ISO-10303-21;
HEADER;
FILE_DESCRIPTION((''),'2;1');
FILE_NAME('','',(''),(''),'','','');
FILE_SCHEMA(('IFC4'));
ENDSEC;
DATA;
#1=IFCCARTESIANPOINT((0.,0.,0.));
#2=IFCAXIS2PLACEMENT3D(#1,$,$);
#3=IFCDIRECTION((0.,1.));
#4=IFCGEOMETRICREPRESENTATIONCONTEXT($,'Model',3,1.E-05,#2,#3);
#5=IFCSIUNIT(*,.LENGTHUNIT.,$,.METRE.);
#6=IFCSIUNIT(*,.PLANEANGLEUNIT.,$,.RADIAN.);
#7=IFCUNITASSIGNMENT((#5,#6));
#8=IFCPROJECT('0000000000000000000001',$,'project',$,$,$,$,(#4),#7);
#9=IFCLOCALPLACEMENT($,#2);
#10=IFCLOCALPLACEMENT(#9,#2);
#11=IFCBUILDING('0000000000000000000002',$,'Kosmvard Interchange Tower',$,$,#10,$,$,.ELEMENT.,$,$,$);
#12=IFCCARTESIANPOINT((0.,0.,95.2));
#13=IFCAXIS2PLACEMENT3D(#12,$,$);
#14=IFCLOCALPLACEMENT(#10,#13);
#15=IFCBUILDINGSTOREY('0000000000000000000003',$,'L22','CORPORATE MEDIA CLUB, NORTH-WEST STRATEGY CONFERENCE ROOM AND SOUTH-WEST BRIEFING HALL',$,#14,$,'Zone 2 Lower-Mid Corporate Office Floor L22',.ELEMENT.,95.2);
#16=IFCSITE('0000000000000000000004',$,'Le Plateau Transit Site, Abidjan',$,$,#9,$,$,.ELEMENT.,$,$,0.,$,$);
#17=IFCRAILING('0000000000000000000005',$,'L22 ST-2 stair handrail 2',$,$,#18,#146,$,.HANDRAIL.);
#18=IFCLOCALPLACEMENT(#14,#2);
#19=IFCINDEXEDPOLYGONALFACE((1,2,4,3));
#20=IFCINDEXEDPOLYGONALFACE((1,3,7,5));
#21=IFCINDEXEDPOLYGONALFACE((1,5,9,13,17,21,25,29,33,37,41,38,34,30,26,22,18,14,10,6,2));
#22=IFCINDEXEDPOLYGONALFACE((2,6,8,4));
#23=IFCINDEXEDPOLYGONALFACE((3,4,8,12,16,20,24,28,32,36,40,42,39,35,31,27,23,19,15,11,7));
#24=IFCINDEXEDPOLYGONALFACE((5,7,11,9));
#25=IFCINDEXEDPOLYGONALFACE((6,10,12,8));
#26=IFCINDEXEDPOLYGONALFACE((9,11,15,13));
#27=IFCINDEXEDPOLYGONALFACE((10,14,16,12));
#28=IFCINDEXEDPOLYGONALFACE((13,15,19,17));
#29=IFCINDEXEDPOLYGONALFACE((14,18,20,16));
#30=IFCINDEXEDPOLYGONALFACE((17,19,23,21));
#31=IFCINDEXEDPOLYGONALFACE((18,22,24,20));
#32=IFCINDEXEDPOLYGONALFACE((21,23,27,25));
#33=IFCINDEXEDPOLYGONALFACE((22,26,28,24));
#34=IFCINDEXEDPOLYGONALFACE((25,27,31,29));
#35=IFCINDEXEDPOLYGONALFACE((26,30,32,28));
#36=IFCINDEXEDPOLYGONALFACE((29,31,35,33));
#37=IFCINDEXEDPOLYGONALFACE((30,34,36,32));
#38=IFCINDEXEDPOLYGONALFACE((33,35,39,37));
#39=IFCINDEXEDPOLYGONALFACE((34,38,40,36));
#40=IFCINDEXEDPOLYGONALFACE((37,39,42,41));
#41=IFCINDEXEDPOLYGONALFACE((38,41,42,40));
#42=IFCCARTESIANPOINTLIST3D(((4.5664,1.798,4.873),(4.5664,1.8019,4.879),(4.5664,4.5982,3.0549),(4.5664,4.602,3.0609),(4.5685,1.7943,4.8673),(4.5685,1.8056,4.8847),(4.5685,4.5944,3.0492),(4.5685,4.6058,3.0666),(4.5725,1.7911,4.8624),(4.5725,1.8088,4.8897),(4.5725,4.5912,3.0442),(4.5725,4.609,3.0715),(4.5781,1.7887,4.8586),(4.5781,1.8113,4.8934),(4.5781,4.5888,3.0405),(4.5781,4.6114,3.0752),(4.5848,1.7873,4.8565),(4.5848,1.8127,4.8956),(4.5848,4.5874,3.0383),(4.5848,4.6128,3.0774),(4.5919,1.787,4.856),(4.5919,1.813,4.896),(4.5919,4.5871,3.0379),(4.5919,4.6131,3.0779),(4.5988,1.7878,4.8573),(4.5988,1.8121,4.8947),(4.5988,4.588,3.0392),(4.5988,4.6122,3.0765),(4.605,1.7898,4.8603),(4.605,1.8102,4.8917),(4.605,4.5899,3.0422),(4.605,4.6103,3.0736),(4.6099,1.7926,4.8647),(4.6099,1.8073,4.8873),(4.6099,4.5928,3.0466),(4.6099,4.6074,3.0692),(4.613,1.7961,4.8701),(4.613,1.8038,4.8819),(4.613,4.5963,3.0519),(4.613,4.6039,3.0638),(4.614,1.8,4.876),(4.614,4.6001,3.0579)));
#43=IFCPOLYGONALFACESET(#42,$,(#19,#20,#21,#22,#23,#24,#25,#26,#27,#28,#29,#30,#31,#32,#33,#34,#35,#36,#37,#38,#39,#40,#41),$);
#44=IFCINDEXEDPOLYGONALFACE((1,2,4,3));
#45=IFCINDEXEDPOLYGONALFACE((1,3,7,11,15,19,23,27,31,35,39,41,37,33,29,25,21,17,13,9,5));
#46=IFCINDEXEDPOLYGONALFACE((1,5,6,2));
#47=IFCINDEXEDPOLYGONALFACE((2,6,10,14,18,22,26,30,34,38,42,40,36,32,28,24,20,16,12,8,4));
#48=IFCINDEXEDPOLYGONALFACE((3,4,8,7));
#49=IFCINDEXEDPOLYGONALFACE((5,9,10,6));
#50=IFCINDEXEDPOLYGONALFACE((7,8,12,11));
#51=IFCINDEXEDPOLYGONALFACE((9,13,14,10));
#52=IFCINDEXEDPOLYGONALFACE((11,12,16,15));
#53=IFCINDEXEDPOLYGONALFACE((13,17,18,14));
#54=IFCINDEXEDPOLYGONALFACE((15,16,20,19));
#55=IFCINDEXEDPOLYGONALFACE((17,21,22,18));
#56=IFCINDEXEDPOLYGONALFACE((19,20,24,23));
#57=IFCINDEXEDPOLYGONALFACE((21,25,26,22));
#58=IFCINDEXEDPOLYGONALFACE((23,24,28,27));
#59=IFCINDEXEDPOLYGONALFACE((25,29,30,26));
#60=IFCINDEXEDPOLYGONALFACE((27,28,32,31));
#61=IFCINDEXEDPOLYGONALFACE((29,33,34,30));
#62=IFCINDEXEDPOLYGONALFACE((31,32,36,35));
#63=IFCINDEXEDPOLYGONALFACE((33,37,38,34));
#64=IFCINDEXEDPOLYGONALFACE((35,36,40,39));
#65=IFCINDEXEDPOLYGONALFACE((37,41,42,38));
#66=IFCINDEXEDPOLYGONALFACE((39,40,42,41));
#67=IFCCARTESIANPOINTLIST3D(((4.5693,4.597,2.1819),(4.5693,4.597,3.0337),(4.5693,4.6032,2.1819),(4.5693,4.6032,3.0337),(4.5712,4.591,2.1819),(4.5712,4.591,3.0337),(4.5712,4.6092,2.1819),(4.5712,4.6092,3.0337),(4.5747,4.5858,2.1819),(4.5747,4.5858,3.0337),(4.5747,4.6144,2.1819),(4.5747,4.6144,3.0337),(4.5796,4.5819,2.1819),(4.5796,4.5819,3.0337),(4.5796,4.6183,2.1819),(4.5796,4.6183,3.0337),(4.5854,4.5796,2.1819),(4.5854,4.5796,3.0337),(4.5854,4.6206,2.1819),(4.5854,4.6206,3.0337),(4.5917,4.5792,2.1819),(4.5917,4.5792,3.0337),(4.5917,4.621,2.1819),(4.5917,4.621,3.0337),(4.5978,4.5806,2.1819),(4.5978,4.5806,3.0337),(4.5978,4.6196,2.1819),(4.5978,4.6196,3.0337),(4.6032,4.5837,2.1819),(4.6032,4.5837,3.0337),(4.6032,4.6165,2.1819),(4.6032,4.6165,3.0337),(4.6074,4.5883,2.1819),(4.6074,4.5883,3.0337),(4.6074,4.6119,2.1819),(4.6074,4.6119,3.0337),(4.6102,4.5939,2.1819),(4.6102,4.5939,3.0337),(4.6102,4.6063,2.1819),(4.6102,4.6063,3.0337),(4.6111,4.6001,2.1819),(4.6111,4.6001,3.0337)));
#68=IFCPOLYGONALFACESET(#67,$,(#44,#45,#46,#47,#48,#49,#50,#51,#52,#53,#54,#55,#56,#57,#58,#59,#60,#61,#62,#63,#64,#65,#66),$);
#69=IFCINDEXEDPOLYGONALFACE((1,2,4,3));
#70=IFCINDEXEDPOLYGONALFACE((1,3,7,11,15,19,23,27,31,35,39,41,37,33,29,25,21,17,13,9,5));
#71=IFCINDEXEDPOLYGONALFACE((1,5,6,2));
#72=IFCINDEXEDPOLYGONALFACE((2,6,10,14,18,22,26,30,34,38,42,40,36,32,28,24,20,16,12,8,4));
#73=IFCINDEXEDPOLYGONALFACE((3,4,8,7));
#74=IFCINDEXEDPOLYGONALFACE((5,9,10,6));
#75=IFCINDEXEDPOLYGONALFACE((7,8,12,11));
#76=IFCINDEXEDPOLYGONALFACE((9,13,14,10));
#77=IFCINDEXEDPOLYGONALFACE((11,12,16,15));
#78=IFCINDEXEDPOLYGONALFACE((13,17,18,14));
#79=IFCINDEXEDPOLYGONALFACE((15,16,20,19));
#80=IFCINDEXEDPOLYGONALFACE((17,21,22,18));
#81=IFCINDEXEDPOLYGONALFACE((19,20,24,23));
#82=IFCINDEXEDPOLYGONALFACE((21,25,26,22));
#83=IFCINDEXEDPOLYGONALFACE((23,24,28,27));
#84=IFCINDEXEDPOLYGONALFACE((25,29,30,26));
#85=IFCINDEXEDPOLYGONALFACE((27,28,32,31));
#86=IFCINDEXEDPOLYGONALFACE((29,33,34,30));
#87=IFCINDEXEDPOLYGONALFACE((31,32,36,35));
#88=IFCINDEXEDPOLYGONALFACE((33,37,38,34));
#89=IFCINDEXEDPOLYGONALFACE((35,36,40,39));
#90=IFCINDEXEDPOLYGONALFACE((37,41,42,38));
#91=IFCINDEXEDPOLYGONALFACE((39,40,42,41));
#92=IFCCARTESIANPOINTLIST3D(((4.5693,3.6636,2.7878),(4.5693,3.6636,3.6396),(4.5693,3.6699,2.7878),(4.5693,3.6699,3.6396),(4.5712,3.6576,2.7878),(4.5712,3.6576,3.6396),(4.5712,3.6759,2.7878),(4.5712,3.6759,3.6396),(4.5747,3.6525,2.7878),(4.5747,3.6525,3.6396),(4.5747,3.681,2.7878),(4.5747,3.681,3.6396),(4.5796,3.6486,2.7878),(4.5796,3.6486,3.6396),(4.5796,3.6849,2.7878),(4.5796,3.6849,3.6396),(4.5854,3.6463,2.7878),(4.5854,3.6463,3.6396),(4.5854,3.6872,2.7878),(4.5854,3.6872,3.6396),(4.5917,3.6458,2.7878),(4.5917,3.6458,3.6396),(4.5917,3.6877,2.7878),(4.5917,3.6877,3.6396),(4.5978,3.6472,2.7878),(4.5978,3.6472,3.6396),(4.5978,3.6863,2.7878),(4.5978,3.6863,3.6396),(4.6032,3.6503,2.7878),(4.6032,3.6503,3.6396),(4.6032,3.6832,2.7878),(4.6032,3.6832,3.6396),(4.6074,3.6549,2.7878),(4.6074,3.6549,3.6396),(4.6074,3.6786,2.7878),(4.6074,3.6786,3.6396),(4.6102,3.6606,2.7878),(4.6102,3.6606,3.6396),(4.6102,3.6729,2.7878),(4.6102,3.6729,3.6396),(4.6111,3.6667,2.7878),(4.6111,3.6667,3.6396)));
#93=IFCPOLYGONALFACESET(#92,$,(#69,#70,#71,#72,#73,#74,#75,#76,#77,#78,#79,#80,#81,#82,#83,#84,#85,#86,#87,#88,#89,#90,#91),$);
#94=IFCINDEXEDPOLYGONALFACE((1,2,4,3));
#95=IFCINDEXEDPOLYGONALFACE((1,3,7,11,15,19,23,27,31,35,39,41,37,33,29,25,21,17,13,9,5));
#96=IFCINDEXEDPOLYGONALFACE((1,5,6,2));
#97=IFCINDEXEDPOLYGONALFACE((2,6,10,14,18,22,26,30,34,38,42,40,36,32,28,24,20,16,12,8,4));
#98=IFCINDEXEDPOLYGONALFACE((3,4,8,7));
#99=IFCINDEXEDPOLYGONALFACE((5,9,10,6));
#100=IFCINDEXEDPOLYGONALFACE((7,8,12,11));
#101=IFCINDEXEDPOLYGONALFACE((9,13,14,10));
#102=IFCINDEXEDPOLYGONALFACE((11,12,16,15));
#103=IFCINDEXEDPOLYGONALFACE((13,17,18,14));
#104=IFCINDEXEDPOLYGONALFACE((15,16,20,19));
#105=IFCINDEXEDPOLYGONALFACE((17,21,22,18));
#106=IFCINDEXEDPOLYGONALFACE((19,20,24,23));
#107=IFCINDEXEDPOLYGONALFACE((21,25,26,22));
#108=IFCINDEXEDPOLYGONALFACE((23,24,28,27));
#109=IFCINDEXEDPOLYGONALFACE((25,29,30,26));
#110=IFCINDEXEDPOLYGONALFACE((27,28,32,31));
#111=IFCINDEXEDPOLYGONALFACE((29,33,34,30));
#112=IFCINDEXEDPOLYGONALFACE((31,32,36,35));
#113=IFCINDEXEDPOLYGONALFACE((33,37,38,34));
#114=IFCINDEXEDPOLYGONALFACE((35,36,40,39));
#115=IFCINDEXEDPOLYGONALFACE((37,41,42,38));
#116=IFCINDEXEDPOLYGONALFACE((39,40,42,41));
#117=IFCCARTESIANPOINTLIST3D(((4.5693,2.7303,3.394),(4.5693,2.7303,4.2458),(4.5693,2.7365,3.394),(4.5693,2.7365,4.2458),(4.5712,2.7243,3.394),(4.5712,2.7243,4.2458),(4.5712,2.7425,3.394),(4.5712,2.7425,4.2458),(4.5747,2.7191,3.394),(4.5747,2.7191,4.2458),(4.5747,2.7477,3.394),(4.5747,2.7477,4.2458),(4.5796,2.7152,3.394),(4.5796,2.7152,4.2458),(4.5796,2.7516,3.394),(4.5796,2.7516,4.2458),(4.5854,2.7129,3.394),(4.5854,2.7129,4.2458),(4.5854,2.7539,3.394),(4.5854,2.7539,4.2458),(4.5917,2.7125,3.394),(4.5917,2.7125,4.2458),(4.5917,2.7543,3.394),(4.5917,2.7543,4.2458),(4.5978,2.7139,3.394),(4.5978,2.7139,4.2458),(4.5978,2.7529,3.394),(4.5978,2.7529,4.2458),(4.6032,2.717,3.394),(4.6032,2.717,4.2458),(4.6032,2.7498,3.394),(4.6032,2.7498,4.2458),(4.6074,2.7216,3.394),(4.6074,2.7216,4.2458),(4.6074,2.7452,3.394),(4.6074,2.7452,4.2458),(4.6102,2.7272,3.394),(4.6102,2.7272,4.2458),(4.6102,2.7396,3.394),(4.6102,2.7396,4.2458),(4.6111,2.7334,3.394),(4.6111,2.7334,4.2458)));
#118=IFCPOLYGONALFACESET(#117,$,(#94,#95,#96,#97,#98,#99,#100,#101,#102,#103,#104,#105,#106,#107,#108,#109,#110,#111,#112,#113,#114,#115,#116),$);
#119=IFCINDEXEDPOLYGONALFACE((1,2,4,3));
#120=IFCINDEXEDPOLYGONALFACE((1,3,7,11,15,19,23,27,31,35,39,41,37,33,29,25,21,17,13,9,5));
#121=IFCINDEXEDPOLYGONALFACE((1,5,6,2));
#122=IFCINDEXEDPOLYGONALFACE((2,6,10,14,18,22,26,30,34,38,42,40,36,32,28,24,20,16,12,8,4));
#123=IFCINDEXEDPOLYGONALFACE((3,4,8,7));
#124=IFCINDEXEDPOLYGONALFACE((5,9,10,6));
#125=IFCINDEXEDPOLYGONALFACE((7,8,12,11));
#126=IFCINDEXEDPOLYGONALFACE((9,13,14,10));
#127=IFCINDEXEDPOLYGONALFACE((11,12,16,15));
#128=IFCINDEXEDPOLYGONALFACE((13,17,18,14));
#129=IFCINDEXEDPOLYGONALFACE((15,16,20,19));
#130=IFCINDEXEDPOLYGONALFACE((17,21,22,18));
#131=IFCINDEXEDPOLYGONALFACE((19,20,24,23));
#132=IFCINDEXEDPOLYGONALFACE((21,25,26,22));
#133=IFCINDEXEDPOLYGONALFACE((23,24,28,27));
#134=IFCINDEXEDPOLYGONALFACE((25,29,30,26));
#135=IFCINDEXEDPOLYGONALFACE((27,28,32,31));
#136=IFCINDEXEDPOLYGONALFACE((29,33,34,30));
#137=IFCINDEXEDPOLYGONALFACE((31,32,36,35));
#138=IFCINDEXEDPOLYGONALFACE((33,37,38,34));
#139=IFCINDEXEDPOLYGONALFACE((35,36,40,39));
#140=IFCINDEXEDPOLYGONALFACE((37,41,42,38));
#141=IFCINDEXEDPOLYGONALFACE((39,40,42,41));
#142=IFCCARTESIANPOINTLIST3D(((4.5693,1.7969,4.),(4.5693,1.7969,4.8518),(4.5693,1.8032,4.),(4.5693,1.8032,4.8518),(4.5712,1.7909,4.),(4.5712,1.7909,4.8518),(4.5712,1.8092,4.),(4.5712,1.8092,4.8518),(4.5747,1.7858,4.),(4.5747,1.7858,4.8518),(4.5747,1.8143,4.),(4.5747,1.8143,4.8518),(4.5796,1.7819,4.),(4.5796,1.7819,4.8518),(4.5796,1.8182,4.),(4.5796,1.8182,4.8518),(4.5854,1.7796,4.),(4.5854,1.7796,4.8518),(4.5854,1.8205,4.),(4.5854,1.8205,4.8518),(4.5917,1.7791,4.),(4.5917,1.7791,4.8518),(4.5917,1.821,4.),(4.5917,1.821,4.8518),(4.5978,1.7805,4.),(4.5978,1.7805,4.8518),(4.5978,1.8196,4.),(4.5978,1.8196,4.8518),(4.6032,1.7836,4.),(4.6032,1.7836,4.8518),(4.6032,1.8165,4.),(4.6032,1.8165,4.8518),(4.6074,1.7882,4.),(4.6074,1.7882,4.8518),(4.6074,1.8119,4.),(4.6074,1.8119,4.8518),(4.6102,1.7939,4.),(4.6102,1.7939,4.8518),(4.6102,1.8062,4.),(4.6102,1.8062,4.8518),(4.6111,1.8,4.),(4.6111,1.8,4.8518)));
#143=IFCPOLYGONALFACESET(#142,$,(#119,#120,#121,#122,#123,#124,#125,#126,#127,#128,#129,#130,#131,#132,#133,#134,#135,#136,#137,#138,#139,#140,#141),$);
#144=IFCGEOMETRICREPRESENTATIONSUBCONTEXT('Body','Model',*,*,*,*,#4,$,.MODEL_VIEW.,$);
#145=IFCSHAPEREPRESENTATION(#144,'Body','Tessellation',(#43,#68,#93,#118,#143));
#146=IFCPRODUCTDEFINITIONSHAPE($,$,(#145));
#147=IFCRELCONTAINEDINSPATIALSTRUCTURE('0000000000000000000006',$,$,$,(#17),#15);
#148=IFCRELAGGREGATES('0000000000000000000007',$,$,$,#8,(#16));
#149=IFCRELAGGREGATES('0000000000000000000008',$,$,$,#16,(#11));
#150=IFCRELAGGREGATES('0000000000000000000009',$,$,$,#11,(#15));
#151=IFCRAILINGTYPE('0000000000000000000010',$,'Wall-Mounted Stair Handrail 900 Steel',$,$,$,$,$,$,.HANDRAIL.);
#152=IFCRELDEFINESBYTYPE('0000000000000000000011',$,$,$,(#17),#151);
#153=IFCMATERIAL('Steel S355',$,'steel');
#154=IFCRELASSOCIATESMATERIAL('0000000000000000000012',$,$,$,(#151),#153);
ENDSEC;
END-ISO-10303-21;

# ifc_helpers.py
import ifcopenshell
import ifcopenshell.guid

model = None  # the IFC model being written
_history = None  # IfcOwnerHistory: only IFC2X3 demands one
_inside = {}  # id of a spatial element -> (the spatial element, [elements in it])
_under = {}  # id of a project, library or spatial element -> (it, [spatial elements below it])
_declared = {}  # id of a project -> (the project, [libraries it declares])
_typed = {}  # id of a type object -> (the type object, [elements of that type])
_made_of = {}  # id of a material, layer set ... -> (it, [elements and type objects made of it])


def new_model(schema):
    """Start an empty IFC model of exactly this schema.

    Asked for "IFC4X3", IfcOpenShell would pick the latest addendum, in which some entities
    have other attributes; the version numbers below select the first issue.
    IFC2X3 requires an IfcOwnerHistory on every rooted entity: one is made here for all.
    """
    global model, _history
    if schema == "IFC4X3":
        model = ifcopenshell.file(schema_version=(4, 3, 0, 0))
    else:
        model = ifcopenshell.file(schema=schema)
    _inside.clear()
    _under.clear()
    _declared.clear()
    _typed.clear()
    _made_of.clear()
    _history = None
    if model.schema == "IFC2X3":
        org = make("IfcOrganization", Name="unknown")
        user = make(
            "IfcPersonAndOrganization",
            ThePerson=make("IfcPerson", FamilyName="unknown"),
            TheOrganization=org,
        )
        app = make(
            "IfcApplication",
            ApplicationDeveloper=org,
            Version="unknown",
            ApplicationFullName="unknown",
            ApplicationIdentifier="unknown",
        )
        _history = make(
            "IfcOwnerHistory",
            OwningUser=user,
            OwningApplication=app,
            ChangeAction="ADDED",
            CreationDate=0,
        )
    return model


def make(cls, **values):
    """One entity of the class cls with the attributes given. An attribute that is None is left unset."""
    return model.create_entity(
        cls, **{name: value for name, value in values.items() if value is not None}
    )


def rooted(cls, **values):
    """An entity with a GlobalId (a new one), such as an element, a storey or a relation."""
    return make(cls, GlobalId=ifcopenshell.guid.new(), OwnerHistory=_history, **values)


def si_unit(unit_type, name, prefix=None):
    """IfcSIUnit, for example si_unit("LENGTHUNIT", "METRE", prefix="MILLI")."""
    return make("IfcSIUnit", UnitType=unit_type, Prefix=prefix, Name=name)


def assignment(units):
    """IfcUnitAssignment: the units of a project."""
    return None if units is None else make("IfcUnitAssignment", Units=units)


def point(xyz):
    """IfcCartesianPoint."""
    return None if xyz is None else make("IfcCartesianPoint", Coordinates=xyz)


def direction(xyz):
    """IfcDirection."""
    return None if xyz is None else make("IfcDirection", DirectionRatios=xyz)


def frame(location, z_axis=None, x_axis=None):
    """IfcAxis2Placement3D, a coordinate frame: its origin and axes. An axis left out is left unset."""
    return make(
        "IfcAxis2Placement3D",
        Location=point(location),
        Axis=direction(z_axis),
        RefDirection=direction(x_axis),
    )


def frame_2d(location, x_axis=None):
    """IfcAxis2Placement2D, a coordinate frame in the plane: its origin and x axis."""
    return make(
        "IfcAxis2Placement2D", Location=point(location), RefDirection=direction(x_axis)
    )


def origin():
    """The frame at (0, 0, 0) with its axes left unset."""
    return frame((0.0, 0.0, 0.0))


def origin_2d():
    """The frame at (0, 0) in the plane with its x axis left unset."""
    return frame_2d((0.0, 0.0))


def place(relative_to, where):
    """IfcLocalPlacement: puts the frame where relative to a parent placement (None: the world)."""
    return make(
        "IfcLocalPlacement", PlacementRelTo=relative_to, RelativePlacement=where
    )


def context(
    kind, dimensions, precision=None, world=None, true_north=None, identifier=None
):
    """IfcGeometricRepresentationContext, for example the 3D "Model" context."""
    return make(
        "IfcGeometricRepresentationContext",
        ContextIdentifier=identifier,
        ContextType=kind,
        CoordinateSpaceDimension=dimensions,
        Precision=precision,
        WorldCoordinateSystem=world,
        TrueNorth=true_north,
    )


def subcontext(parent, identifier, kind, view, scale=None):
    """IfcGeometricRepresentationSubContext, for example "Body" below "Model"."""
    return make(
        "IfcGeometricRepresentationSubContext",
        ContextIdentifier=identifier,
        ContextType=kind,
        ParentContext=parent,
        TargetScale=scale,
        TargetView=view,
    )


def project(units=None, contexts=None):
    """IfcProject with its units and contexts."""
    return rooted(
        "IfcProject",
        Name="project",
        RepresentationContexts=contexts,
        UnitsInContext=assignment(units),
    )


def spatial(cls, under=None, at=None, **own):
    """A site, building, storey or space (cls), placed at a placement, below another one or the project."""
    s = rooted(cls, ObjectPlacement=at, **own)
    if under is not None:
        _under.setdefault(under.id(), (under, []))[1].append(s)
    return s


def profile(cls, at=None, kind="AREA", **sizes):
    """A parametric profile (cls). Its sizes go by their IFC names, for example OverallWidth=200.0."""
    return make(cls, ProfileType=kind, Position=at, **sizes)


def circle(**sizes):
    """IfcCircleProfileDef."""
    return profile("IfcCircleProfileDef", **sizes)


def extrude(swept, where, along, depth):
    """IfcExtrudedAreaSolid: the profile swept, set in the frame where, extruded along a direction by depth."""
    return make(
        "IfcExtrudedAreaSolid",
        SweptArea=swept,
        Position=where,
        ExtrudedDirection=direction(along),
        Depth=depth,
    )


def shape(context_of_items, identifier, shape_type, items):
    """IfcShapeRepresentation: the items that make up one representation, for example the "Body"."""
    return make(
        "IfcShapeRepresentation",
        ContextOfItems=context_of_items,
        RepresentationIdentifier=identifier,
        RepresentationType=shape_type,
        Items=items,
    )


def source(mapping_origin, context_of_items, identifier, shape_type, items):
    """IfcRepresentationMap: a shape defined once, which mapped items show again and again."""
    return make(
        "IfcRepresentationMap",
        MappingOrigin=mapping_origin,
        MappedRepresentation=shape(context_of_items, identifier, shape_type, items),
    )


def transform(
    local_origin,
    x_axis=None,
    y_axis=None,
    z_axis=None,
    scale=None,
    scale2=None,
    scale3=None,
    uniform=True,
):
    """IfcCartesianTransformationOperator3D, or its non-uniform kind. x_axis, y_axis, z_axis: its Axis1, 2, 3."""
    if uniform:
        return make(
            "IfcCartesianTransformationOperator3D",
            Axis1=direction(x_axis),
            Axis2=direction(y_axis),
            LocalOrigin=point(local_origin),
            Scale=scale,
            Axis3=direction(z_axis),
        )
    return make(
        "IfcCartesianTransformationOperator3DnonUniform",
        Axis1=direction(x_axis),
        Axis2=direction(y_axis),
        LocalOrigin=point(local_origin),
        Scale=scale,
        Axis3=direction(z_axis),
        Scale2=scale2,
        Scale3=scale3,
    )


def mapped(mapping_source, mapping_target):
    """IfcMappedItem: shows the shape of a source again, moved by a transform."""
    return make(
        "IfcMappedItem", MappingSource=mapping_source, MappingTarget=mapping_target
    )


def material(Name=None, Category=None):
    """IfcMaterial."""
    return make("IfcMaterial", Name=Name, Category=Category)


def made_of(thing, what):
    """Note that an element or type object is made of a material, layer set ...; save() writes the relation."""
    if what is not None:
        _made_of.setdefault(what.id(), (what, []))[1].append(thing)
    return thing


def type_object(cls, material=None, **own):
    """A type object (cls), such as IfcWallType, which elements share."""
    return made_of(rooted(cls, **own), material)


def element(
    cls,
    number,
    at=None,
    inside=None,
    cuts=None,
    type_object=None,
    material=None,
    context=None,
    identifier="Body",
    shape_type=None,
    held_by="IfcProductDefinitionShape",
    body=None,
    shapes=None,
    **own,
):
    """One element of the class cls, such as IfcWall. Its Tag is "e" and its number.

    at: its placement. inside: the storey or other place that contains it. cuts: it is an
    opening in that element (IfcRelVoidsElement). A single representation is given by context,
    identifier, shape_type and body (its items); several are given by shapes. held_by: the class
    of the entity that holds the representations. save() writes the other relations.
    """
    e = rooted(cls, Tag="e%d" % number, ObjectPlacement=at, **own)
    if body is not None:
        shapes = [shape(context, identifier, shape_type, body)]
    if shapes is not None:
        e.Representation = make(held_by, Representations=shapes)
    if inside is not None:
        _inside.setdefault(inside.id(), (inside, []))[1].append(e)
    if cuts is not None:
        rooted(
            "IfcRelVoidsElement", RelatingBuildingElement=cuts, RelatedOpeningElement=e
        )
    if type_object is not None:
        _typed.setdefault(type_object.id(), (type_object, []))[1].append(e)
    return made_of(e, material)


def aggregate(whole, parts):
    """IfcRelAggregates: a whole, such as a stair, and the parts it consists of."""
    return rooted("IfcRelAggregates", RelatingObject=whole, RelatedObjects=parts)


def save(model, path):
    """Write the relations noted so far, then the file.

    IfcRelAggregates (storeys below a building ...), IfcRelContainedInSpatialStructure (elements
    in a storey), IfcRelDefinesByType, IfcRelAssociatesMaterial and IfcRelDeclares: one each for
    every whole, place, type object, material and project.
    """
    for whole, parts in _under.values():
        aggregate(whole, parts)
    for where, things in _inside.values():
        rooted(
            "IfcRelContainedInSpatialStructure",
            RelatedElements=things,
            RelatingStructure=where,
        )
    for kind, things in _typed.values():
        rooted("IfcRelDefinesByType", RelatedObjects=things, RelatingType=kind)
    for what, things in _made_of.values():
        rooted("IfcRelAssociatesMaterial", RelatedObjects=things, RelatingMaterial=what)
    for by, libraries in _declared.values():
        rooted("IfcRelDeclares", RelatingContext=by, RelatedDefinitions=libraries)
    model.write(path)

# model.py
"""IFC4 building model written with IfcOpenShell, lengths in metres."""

from ifc_helpers import new_model, si_unit, direction, frame, origin, origin_2d, place, context, subcontext, project, spatial, circle, extrude, source, transform, mapped, material, type_object, element, save


model = new_model("IFC4")

# Units and contexts
model_context = context("Model", 3, precision=1e-05, world=origin(), true_north=direction((0.0, 1.0)))
body_context = subcontext(model_context, "Body", "Model", "MODEL_VIEW")
ifc_project = project(units=[si_unit("LENGTHUNIT", "METRE"), si_unit("PLANEANGLEUNIT", "RADIAN")], contexts=[model_context])

# Site, building, storey
site_placement = place(None, origin())
site = spatial("IfcSite", under=ifc_project, at=site_placement, Name="Le Plateau Transit Site, Abidjan", CompositionType="ELEMENT", RefElevation=0.0)
building_placement = place(site_placement, origin())
building = spatial("IfcBuilding", under=site, at=building_placement, Name="Kosmvard Interchange Tower", CompositionType="ELEMENT")
storey_placement = place(building_placement, frame((0.0, 0.0, 95.2)))
storey = spatial("IfcBuildingStorey", under=building, at=storey_placement, Name="L22", Description="CORPORATE MEDIA CLUB, NORTH-WEST STRATEGY CONFERENCE ROOM AND SOUTH-WEST BRIEFING HALL", LongName="Zone 2 Lower-Mid Corporate Office Floor L22", CompositionType="ELEMENT", Elevation=95.2)

# Shared definitions
ifc_material_1 = material(Name="Steel S355", Category="steel")

# Railing
railing_type_1 = type_object("IfcRailingType", Name="Wall-Mounted Stair Handrail 900 Steel", PredefinedType="HANDRAIL", material=ifc_material_1)
shared_shape_1 = source(origin(), body_context, "Body", "SweptSolid", [
    extrude(circle(Radius=0.0239, at=origin_2d()), frame((0.0, 0.0, 0.876), z_axis=(0.0, -0.838706, 0.544585), x_axis=(1.0, 0.0, 0.0)), (0.0, 0.0, 1.0), 3.3386),
    extrude(circle(Radius=0.021, at=origin_2d()), origin(), (0.0, 0.0, 1.0), 0.8518),
    extrude(circle(Radius=0.021, at=origin_2d()), frame((0.0, -0.9333, 0.606)), (0.0, 0.0, 1.0), 0.8518),
    extrude(circle(Radius=0.021, at=origin_2d()), frame((0.0, -1.8667, 1.2122)), (0.0, 0.0, 1.0), 0.8518),
    extrude(circle(Radius=0.021, at=origin_2d()), frame((0.0, -2.8, 1.8181)), (0.0, 0.0, 1.0), 0.8518),
])
railing_1_placement = place(storey_placement, frame((4.5901, 4.6001, 2.1819)))
element("IfcRailing", 1, at=railing_1_placement, inside=storey, type_object=railing_type_1, Name="L22 ST-2 stair handrail 2", PredefinedType="HANDRAIL", context=body_context, shape_type="MappedRepresentation", body=[
    mapped(shared_shape_1, transform((0.0, 0.0, 0.0), scale=1.0)),
])

save(model, "model.ifc")
